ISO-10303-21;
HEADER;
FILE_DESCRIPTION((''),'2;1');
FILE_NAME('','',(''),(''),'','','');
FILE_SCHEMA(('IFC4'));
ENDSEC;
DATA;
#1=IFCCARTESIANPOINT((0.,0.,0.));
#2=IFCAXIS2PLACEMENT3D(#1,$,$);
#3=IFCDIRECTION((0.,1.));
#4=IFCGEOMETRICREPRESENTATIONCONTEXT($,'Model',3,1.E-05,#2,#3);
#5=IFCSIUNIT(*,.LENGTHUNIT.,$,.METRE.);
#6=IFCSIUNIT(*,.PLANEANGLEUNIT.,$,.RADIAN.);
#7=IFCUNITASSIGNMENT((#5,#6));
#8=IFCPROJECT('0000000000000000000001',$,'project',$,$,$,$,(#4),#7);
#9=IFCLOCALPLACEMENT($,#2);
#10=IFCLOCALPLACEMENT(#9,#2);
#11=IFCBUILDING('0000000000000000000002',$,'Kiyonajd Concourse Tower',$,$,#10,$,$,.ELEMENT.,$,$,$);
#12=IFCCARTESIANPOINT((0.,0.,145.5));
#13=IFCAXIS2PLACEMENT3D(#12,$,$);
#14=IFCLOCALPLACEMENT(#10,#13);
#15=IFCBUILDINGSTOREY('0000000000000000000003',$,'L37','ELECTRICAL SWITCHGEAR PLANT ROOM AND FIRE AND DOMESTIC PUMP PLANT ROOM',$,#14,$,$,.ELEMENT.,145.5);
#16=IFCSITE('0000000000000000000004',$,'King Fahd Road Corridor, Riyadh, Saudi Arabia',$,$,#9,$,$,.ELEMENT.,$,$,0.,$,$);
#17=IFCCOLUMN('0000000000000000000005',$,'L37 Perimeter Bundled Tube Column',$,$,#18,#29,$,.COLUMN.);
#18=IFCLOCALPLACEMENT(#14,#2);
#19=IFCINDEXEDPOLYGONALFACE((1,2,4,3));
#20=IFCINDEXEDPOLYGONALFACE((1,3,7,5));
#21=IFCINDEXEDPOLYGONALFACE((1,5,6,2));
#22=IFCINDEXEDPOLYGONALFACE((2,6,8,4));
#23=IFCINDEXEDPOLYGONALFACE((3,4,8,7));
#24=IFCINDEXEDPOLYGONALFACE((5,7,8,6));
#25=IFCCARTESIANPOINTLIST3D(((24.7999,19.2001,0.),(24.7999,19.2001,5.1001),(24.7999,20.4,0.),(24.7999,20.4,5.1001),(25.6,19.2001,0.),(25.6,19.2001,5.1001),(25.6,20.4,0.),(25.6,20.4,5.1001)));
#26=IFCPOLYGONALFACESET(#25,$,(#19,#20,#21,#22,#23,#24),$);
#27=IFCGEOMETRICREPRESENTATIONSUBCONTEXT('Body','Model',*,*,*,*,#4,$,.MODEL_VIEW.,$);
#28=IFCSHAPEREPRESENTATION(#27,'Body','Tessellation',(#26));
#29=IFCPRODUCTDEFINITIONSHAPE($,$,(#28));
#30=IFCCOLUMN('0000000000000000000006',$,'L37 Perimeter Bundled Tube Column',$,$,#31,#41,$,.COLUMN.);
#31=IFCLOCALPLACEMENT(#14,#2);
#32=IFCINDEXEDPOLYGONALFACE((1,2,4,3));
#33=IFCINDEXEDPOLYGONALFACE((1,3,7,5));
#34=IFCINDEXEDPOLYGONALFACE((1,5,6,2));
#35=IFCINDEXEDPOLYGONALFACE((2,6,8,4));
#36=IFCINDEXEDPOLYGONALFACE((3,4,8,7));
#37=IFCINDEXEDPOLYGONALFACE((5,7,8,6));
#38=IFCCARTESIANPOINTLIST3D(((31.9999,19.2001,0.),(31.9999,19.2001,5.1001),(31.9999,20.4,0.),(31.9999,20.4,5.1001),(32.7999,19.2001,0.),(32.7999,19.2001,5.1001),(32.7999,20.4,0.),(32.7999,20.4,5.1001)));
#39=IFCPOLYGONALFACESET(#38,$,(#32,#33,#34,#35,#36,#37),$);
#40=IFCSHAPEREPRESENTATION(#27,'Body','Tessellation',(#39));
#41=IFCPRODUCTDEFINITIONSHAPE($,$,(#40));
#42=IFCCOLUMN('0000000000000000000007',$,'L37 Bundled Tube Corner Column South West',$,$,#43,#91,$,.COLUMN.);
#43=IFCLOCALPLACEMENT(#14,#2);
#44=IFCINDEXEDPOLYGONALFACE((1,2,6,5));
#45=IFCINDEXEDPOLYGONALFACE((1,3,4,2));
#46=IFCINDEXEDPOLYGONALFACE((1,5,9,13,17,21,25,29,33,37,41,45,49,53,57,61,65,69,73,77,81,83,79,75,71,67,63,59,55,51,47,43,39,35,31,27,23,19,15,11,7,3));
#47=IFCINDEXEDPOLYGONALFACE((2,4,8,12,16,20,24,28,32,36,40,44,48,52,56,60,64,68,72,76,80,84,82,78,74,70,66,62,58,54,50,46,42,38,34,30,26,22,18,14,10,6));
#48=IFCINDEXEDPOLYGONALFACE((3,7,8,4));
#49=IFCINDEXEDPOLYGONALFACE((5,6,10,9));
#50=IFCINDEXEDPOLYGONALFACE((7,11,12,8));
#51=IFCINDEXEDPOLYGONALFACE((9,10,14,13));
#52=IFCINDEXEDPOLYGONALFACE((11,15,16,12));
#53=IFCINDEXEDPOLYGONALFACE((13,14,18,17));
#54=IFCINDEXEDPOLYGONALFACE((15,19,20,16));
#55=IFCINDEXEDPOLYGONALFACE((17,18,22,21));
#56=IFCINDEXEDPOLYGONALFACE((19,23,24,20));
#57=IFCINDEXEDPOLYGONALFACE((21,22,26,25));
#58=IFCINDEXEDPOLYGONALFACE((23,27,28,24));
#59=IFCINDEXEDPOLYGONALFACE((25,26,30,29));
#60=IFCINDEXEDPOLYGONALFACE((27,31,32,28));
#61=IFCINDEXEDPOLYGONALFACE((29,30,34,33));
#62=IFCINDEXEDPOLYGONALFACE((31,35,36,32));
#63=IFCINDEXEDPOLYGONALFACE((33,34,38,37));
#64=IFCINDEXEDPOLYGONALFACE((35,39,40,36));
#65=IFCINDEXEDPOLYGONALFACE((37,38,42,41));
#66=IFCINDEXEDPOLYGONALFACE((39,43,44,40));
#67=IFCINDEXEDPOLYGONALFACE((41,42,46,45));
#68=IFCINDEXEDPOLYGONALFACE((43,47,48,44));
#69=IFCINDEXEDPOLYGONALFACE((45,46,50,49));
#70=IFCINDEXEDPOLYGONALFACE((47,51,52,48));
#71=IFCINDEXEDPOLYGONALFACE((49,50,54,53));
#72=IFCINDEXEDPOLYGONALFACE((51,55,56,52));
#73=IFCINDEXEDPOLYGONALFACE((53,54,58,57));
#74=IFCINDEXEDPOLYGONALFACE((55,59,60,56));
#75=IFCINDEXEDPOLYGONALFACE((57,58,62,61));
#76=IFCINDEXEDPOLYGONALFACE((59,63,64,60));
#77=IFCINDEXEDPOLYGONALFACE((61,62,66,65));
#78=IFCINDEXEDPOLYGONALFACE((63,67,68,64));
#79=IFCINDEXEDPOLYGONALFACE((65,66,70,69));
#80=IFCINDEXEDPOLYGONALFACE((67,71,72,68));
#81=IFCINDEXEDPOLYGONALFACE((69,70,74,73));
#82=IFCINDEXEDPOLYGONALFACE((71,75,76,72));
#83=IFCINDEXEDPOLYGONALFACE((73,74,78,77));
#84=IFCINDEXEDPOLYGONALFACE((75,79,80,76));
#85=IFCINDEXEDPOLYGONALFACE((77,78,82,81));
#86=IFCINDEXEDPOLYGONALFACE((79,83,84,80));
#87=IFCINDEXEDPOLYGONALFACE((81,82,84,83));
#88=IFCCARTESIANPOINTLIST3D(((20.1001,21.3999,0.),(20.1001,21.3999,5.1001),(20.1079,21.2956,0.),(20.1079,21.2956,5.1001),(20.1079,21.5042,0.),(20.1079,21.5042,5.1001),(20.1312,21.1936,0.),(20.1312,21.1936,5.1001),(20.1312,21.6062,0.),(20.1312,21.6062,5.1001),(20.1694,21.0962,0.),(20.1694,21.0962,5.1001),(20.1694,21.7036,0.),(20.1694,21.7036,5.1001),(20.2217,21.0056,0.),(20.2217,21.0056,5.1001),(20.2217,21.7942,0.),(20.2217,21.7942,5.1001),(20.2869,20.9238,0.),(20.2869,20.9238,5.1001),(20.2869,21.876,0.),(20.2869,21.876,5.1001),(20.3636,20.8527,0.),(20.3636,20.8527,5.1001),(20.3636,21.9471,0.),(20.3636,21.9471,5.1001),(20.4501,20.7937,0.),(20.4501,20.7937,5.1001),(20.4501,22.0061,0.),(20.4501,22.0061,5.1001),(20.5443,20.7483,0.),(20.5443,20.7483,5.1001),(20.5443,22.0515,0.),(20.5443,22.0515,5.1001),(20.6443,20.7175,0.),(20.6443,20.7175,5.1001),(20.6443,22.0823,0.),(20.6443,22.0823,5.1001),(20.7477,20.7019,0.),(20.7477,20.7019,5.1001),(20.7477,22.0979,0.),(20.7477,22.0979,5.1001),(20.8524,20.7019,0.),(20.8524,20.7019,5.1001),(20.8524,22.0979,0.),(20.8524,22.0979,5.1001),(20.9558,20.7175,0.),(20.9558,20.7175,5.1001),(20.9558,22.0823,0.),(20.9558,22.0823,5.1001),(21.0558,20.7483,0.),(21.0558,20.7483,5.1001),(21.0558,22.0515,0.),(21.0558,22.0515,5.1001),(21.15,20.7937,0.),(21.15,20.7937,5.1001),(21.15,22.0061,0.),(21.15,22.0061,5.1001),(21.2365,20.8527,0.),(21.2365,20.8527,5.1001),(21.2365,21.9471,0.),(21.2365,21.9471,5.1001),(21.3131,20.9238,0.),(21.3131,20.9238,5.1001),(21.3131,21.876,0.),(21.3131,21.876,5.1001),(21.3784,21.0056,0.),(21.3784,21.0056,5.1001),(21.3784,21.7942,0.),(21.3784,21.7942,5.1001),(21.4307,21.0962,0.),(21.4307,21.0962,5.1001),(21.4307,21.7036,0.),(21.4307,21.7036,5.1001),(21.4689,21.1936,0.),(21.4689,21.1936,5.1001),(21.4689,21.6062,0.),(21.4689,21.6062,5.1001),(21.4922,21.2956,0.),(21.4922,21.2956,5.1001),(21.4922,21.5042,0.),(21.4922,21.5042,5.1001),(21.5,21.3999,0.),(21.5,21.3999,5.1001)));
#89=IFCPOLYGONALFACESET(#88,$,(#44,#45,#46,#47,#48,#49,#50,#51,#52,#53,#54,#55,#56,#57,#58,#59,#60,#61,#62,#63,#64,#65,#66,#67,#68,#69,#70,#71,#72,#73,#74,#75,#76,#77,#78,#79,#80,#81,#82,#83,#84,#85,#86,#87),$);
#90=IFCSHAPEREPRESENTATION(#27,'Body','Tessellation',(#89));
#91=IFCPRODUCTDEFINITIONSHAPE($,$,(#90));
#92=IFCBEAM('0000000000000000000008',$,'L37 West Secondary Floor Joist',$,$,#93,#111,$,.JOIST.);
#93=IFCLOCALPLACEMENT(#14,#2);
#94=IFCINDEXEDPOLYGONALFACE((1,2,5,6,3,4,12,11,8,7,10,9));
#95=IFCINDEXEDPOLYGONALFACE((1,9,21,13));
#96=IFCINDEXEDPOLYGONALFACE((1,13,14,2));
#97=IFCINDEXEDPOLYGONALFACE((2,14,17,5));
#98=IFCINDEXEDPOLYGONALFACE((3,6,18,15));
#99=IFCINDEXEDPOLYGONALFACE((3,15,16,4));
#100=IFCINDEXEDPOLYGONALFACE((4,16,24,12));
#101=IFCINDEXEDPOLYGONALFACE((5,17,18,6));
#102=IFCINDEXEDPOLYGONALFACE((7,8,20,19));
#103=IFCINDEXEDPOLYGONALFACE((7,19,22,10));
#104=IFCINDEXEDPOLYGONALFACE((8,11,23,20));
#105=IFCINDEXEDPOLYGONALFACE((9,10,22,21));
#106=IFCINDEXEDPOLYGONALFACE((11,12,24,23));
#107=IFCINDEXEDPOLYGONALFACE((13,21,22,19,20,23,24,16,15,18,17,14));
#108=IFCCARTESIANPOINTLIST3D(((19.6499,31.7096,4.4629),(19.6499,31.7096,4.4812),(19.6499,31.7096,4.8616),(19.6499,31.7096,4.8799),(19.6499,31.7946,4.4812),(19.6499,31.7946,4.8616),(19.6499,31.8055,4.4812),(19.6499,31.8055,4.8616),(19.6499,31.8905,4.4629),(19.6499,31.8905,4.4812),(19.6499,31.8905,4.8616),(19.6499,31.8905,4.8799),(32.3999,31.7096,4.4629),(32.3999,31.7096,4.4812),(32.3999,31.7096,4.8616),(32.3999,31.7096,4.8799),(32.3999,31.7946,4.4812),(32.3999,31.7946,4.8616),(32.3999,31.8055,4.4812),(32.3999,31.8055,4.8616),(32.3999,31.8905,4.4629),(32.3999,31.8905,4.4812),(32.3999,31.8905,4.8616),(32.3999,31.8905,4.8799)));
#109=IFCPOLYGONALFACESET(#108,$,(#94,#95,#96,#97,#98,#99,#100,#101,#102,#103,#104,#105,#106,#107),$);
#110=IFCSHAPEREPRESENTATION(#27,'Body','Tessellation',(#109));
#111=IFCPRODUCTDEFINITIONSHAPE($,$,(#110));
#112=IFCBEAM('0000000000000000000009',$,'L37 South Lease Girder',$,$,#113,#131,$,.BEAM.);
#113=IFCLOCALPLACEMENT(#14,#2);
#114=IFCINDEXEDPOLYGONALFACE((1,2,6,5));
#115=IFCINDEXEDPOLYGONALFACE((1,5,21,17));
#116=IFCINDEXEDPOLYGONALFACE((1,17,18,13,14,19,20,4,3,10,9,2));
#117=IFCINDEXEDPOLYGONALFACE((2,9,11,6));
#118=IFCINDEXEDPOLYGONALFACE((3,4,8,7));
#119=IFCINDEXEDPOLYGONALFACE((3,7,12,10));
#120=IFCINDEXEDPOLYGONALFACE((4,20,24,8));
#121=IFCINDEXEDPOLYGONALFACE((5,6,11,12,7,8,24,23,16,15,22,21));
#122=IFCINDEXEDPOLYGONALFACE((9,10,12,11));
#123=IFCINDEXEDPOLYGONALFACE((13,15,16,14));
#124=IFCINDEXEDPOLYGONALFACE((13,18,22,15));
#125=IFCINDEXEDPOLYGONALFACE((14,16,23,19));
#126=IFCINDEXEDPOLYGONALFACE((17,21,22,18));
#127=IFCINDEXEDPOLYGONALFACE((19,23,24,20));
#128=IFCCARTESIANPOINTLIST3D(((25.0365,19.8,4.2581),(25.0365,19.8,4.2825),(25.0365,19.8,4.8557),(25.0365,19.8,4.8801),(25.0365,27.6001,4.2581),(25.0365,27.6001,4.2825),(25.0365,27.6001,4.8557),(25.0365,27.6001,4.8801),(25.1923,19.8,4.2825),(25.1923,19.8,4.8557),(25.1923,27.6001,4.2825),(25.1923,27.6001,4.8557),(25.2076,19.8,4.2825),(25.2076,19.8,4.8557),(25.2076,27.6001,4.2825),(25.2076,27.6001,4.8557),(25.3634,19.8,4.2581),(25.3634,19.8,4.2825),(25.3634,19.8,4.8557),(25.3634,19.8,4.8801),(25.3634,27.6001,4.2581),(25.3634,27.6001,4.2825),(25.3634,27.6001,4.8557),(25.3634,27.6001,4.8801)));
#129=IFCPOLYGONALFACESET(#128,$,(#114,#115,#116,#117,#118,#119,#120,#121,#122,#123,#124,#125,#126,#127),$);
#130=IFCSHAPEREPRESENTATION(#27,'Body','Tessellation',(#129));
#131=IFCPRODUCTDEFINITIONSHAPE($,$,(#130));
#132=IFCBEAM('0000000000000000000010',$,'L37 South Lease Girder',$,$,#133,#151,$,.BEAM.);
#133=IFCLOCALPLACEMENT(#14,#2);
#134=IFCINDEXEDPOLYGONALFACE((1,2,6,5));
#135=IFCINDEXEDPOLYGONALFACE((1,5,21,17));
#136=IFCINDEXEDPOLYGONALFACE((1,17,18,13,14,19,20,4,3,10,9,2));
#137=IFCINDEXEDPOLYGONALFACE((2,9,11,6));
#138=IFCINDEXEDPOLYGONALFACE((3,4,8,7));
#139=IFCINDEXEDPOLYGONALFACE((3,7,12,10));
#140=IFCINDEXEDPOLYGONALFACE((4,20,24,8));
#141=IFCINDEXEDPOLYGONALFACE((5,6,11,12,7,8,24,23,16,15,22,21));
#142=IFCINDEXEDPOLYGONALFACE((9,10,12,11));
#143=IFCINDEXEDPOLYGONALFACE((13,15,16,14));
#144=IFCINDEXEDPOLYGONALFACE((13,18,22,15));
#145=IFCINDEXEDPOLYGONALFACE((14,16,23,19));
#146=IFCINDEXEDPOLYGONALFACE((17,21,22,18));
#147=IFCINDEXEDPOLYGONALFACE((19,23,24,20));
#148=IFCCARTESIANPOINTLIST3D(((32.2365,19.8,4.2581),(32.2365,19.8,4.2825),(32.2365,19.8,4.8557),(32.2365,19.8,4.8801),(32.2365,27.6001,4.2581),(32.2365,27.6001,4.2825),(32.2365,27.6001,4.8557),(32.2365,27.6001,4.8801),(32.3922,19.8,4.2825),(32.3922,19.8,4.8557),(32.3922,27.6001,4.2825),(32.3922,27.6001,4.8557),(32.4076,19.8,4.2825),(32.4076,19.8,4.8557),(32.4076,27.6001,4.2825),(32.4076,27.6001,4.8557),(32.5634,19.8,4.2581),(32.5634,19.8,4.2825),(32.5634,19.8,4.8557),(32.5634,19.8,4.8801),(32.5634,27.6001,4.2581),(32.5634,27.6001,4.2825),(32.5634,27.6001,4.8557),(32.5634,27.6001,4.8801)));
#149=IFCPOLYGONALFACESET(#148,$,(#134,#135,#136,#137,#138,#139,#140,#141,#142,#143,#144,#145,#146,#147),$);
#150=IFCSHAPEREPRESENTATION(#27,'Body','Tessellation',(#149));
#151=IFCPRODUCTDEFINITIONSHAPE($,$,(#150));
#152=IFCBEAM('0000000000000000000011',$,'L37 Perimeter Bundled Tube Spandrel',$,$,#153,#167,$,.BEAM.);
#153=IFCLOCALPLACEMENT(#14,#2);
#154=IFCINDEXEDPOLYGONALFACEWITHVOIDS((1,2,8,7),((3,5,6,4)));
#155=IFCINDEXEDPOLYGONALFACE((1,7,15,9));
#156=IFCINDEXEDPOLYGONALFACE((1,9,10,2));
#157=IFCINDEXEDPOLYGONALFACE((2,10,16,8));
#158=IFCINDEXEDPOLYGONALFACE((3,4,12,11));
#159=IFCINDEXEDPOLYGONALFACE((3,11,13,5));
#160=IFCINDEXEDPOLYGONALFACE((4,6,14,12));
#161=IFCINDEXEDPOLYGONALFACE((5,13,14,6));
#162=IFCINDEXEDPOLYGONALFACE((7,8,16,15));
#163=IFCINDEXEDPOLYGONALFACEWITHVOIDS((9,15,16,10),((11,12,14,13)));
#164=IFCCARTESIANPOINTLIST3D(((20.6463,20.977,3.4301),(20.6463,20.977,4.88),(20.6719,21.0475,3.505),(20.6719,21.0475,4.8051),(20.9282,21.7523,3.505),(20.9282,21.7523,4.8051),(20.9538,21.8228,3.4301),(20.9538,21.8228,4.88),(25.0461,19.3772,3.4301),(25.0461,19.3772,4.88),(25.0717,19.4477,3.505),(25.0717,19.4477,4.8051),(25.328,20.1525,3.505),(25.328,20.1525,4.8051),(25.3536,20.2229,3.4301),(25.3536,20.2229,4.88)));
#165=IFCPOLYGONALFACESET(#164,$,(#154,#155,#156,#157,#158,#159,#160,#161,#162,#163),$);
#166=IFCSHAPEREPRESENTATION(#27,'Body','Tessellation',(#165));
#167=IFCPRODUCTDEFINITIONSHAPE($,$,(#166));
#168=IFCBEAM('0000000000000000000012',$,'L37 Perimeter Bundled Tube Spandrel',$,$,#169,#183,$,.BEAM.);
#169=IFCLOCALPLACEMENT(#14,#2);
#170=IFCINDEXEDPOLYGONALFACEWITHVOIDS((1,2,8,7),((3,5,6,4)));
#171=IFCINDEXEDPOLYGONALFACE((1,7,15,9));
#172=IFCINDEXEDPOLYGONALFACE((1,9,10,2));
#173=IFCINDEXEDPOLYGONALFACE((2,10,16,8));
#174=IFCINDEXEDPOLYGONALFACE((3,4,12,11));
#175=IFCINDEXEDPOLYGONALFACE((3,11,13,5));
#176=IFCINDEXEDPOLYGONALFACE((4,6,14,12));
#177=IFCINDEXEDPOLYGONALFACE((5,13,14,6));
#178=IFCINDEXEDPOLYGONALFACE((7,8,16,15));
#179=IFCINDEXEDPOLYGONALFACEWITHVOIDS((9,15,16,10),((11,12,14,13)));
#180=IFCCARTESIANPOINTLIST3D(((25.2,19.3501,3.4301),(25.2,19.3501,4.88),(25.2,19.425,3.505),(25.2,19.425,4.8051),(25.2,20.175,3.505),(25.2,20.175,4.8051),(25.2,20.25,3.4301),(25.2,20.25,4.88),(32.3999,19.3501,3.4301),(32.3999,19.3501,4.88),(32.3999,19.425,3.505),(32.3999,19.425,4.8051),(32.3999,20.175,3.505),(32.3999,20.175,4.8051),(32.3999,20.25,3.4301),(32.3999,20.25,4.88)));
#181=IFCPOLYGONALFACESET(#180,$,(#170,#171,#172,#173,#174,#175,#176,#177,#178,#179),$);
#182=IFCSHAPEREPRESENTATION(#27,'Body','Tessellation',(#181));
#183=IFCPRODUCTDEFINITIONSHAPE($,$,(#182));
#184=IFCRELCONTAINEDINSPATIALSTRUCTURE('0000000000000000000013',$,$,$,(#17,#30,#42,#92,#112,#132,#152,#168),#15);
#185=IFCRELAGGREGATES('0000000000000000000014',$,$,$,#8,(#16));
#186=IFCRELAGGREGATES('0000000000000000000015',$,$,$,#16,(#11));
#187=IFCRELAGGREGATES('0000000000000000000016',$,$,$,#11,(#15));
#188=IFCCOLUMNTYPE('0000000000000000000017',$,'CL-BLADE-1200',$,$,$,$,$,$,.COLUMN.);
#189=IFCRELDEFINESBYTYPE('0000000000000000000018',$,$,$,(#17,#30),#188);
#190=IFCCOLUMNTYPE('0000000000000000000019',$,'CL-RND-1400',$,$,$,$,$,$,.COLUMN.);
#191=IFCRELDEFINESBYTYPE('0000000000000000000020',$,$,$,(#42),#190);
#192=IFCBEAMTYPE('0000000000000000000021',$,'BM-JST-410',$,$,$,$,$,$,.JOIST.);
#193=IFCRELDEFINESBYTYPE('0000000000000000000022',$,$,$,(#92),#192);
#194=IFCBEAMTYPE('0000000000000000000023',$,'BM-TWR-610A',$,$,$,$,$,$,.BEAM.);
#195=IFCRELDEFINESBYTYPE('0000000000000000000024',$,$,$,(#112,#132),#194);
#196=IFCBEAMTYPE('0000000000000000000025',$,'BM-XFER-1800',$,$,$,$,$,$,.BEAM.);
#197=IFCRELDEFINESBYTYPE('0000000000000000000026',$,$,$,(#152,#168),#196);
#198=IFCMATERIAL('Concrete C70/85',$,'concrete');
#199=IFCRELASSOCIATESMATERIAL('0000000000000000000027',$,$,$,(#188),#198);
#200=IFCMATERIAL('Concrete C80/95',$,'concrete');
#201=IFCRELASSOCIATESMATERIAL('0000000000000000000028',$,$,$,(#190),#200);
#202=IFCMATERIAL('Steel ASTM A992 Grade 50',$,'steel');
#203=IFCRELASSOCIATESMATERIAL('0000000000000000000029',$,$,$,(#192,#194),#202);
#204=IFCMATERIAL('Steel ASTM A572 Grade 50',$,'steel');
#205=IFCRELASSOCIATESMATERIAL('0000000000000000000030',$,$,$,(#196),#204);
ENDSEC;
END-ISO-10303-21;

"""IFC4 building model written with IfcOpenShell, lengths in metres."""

from ifc_helpers import new_model, si_unit, direction, frame, origin, origin_2d, place, context, subcontext, project, spatial, rectangle, hollow_rectangle, circle, i_section, extrude, material, material_profile, profile_set, type_object, element, save


model = new_model("IFC4")

# Units and contexts
model_context = context("Model", 3, precision=1e-05, world=origin(), true_north=direction((0.0, 1.0)))
body_context = subcontext(model_context, "Body", "Model", "MODEL_VIEW")
ifc_project = project(units=[si_unit("LENGTHUNIT", "METRE"), si_unit("PLANEANGLEUNIT", "RADIAN")], contexts=[model_context])

# Site, building, storey
site_placement = place(None, origin())
site = spatial("IfcSite", under=ifc_project, at=site_placement, Name="King Fahd Road Corridor, Riyadh, Saudi Arabia", CompositionType="ELEMENT", RefElevation=0.0)
building_placement = place(site_placement, origin())
building = spatial("IfcBuilding", under=site, at=building_placement, Name="Kiyonajd Concourse Tower", CompositionType="ELEMENT")
storey_placement = place(building_placement, frame((0.0, 0.0, 145.5)))
storey = spatial("IfcBuildingStorey", under=building, at=storey_placement, Name="L37", Description="ELECTRICAL SWITCHGEAR PLANT ROOM AND FIRE AND DOMESTIC PUMP PLANT ROOM", CompositionType="ELEMENT", Elevation=145.5)

# Columns
ifc_material_1 = material(Name="Concrete C70/85", Category="concrete")
ifc_material_profile_1 = material_profile(ifc_material_1, rectangle(XDim=0.8, YDim=1.2, at=origin_2d()), Name="RC-1200x800")
ifc_profile_set_1 = profile_set([ifc_material_profile_1], Name="Concrete C70/85")
column_type_1 = type_object("IfcColumnType", Name="CL-BLADE-1200", PredefinedType="COLUMN", material=ifc_profile_set_1)
for number, where, z_axis, x_axis, name in (
    (1, (25.2, 19.8, 0.0), (0.0, 0.0, 1.0), (1.0, 0.0, 0.0), "L37 Perimeter Bundled Tube Column"),
    (2, (32.3999, 19.8, 0.0), (0.0, 0.0, 1.0), (1.0, 0.0, 0.0), "L37 Perimeter Bundled Tube Column"),
):
    element("IfcColumn", number, at=place(storey_placement, frame(where, z_axis=z_axis, x_axis=x_axis)), inside=storey, type_object=column_type_1, Name=name, PredefinedType="COLUMN", context=body_context, shape_type="SweptSolid", body=[
        extrude(rectangle(XDim=0.8, YDim=1.2, at=origin_2d()), origin(), (0.0, 0.0, 1.0), 5.1001),
    ])
ifc_material_2 = material(Name="Concrete C80/95", Category="concrete")
ifc_material_profile_2 = material_profile(ifc_material_2, circle(Radius=0.7, at=origin_2d()), Name="RCC-D1400")
ifc_profile_set_2 = profile_set([ifc_material_profile_2], Name="Concrete C80/95")
column_type_2 = type_object("IfcColumnType", Name="CL-RND-1400", PredefinedType="COLUMN", material=ifc_profile_set_2)
column_placement = place(storey_placement, frame((20.8, 21.3999, 0.0), z_axis=(0.0, 0.0, 1.0), x_axis=(1.0, 0.0, 0.0)))
element("IfcColumn", 3, at=column_placement, inside=storey, type_object=column_type_2, Name="L37 Bundled Tube Corner Column South West", PredefinedType="COLUMN", context=body_context, shape_type="SweptSolid", body=[
    extrude(circle(Radius=0.7, at=origin_2d()), origin(), (0.0, 0.0, 1.0), 5.1001),
])

# Beams
ifc_material_3 = material(Name="Steel ASTM A992 Grade 50", Category="steel")
ifc_material_profile_3 = material_profile(ifc_material_3, i_section(OverallWidth=0.1809, OverallDepth=0.417, WebThickness=0.011, FlangeThickness=0.0183, at=origin_2d()), Name="W410X85")
ifc_profile_set_3 = profile_set([ifc_material_profile_3], Name="Steel ASTM A992 Grade 50")
beam_type_1 = type_object("IfcBeamType", Name="BM-JST-410", PredefinedType="JOIST", material=ifc_profile_set_3)
beam_1_placement = place(storey_placement, frame((19.6499, 31.8, 4.6714), z_axis=(1.0, 0.0, 0.0), x_axis=(0.0, 1.0, 0.0)))
element("IfcBeam", 4, at=beam_1_placement, inside=storey, type_object=beam_type_1, Name="L37 West Secondary Floor Joist", PredefinedType="JOIST", context=body_context, shape_type="SweptSolid", body=[
    extrude(i_section(OverallWidth=0.1809, OverallDepth=0.417, WebThickness=0.011, FlangeThickness=0.0183, at=origin_2d()), origin(), (0.0, 0.0, 1.0), 12.75),
])
ifc_material_profile_4 = material_profile(ifc_material_3, i_section(OverallWidth=0.3269, OverallDepth=0.6221, WebThickness=0.0154, FlangeThickness=0.0244, at=origin_2d()), Name="W610X195")
ifc_profile_set_4 = profile_set([ifc_material_profile_4], Name="Steel ASTM A992 Grade 50")
beam_type_2 = type_object("IfcBeamType", Name="BM-TWR-610A", PredefinedType="BEAM", material=ifc_profile_set_4)
for number, where, z_axis, x_axis, name in (
    (5, (25.2, 19.8, 4.5691), (0.0, 1.0, 0.0), (-1.0, 0.0, 0.0), "L37 South Lease Girder"),
    (6, (32.3999, 19.8, 4.5691), (0.0, 1.0, 0.0), (-1.0, 0.0, 0.0), "L37 South Lease Girder"),
):
    element("IfcBeam", number, at=place(storey_placement, frame(where, z_axis=z_axis, x_axis=x_axis)), inside=storey, type_object=beam_type_2, Name=name, PredefinedType="BEAM", context=body_context, shape_type="SweptSolid", body=[
        extrude(i_section(OverallWidth=0.3269, OverallDepth=0.6221, WebThickness=0.0154, FlangeThickness=0.0244, at=origin_2d()), origin(), (0.0, 0.0, 1.0), 7.8),
    ])
ifc_material_4 = material(Name="Steel ASTM A572 Grade 50", Category="steel")
ifc_material_profile_5 = material_profile(ifc_material_4, hollow_rectangle(XDim=0.8999, YDim=1.45, WallThickness=0.075, at=origin_2d()), Name="BOX-1450x900x75")
ifc_profile_set_5 = profile_set([ifc_material_profile_5], Name="Steel ASTM A572 Grade 50")
beam_type_3 = type_object("IfcBeamType", Name="BM-XFER-1800", PredefinedType="BEAM", material=ifc_profile_set_5)
beam_2_placement = place(storey_placement, frame((20.8, 21.3999, 4.155), z_axis=(0.939801, -0.341722, 0.0), x_axis=(0.341722, 0.939801, 0.0)))
element("IfcBeam", 7, at=beam_2_placement, inside=storey, type_object=beam_type_3, Name="L37 Perimeter Bundled Tube Spandrel", PredefinedType="BEAM", context=body_context, shape_type="SweptSolid", body=[
    extrude(hollow_rectangle(XDim=0.8999, YDim=1.45, WallThickness=0.075, at=origin_2d()), origin(), (0.0, 0.0, 1.0), 4.6816),
])
beam_3_placement = place(storey_placement, frame((25.2, 19.8, 4.155), z_axis=(1.0, 0.0, 0.0), x_axis=(0.0, 1.0, 0.0)))
element("IfcBeam", 8, at=beam_3_placement, inside=storey, type_object=beam_type_3, Name="L37 Perimeter Bundled Tube Spandrel", PredefinedType="BEAM", context=body_context, shape_type="SweptSolid", body=[
    extrude(hollow_rectangle(XDim=0.8999, YDim=1.45, WallThickness=0.075, at=origin_2d()), origin(), (0.0, 0.0, 1.0), 7.2),
])

save(model, "model.ifc")
